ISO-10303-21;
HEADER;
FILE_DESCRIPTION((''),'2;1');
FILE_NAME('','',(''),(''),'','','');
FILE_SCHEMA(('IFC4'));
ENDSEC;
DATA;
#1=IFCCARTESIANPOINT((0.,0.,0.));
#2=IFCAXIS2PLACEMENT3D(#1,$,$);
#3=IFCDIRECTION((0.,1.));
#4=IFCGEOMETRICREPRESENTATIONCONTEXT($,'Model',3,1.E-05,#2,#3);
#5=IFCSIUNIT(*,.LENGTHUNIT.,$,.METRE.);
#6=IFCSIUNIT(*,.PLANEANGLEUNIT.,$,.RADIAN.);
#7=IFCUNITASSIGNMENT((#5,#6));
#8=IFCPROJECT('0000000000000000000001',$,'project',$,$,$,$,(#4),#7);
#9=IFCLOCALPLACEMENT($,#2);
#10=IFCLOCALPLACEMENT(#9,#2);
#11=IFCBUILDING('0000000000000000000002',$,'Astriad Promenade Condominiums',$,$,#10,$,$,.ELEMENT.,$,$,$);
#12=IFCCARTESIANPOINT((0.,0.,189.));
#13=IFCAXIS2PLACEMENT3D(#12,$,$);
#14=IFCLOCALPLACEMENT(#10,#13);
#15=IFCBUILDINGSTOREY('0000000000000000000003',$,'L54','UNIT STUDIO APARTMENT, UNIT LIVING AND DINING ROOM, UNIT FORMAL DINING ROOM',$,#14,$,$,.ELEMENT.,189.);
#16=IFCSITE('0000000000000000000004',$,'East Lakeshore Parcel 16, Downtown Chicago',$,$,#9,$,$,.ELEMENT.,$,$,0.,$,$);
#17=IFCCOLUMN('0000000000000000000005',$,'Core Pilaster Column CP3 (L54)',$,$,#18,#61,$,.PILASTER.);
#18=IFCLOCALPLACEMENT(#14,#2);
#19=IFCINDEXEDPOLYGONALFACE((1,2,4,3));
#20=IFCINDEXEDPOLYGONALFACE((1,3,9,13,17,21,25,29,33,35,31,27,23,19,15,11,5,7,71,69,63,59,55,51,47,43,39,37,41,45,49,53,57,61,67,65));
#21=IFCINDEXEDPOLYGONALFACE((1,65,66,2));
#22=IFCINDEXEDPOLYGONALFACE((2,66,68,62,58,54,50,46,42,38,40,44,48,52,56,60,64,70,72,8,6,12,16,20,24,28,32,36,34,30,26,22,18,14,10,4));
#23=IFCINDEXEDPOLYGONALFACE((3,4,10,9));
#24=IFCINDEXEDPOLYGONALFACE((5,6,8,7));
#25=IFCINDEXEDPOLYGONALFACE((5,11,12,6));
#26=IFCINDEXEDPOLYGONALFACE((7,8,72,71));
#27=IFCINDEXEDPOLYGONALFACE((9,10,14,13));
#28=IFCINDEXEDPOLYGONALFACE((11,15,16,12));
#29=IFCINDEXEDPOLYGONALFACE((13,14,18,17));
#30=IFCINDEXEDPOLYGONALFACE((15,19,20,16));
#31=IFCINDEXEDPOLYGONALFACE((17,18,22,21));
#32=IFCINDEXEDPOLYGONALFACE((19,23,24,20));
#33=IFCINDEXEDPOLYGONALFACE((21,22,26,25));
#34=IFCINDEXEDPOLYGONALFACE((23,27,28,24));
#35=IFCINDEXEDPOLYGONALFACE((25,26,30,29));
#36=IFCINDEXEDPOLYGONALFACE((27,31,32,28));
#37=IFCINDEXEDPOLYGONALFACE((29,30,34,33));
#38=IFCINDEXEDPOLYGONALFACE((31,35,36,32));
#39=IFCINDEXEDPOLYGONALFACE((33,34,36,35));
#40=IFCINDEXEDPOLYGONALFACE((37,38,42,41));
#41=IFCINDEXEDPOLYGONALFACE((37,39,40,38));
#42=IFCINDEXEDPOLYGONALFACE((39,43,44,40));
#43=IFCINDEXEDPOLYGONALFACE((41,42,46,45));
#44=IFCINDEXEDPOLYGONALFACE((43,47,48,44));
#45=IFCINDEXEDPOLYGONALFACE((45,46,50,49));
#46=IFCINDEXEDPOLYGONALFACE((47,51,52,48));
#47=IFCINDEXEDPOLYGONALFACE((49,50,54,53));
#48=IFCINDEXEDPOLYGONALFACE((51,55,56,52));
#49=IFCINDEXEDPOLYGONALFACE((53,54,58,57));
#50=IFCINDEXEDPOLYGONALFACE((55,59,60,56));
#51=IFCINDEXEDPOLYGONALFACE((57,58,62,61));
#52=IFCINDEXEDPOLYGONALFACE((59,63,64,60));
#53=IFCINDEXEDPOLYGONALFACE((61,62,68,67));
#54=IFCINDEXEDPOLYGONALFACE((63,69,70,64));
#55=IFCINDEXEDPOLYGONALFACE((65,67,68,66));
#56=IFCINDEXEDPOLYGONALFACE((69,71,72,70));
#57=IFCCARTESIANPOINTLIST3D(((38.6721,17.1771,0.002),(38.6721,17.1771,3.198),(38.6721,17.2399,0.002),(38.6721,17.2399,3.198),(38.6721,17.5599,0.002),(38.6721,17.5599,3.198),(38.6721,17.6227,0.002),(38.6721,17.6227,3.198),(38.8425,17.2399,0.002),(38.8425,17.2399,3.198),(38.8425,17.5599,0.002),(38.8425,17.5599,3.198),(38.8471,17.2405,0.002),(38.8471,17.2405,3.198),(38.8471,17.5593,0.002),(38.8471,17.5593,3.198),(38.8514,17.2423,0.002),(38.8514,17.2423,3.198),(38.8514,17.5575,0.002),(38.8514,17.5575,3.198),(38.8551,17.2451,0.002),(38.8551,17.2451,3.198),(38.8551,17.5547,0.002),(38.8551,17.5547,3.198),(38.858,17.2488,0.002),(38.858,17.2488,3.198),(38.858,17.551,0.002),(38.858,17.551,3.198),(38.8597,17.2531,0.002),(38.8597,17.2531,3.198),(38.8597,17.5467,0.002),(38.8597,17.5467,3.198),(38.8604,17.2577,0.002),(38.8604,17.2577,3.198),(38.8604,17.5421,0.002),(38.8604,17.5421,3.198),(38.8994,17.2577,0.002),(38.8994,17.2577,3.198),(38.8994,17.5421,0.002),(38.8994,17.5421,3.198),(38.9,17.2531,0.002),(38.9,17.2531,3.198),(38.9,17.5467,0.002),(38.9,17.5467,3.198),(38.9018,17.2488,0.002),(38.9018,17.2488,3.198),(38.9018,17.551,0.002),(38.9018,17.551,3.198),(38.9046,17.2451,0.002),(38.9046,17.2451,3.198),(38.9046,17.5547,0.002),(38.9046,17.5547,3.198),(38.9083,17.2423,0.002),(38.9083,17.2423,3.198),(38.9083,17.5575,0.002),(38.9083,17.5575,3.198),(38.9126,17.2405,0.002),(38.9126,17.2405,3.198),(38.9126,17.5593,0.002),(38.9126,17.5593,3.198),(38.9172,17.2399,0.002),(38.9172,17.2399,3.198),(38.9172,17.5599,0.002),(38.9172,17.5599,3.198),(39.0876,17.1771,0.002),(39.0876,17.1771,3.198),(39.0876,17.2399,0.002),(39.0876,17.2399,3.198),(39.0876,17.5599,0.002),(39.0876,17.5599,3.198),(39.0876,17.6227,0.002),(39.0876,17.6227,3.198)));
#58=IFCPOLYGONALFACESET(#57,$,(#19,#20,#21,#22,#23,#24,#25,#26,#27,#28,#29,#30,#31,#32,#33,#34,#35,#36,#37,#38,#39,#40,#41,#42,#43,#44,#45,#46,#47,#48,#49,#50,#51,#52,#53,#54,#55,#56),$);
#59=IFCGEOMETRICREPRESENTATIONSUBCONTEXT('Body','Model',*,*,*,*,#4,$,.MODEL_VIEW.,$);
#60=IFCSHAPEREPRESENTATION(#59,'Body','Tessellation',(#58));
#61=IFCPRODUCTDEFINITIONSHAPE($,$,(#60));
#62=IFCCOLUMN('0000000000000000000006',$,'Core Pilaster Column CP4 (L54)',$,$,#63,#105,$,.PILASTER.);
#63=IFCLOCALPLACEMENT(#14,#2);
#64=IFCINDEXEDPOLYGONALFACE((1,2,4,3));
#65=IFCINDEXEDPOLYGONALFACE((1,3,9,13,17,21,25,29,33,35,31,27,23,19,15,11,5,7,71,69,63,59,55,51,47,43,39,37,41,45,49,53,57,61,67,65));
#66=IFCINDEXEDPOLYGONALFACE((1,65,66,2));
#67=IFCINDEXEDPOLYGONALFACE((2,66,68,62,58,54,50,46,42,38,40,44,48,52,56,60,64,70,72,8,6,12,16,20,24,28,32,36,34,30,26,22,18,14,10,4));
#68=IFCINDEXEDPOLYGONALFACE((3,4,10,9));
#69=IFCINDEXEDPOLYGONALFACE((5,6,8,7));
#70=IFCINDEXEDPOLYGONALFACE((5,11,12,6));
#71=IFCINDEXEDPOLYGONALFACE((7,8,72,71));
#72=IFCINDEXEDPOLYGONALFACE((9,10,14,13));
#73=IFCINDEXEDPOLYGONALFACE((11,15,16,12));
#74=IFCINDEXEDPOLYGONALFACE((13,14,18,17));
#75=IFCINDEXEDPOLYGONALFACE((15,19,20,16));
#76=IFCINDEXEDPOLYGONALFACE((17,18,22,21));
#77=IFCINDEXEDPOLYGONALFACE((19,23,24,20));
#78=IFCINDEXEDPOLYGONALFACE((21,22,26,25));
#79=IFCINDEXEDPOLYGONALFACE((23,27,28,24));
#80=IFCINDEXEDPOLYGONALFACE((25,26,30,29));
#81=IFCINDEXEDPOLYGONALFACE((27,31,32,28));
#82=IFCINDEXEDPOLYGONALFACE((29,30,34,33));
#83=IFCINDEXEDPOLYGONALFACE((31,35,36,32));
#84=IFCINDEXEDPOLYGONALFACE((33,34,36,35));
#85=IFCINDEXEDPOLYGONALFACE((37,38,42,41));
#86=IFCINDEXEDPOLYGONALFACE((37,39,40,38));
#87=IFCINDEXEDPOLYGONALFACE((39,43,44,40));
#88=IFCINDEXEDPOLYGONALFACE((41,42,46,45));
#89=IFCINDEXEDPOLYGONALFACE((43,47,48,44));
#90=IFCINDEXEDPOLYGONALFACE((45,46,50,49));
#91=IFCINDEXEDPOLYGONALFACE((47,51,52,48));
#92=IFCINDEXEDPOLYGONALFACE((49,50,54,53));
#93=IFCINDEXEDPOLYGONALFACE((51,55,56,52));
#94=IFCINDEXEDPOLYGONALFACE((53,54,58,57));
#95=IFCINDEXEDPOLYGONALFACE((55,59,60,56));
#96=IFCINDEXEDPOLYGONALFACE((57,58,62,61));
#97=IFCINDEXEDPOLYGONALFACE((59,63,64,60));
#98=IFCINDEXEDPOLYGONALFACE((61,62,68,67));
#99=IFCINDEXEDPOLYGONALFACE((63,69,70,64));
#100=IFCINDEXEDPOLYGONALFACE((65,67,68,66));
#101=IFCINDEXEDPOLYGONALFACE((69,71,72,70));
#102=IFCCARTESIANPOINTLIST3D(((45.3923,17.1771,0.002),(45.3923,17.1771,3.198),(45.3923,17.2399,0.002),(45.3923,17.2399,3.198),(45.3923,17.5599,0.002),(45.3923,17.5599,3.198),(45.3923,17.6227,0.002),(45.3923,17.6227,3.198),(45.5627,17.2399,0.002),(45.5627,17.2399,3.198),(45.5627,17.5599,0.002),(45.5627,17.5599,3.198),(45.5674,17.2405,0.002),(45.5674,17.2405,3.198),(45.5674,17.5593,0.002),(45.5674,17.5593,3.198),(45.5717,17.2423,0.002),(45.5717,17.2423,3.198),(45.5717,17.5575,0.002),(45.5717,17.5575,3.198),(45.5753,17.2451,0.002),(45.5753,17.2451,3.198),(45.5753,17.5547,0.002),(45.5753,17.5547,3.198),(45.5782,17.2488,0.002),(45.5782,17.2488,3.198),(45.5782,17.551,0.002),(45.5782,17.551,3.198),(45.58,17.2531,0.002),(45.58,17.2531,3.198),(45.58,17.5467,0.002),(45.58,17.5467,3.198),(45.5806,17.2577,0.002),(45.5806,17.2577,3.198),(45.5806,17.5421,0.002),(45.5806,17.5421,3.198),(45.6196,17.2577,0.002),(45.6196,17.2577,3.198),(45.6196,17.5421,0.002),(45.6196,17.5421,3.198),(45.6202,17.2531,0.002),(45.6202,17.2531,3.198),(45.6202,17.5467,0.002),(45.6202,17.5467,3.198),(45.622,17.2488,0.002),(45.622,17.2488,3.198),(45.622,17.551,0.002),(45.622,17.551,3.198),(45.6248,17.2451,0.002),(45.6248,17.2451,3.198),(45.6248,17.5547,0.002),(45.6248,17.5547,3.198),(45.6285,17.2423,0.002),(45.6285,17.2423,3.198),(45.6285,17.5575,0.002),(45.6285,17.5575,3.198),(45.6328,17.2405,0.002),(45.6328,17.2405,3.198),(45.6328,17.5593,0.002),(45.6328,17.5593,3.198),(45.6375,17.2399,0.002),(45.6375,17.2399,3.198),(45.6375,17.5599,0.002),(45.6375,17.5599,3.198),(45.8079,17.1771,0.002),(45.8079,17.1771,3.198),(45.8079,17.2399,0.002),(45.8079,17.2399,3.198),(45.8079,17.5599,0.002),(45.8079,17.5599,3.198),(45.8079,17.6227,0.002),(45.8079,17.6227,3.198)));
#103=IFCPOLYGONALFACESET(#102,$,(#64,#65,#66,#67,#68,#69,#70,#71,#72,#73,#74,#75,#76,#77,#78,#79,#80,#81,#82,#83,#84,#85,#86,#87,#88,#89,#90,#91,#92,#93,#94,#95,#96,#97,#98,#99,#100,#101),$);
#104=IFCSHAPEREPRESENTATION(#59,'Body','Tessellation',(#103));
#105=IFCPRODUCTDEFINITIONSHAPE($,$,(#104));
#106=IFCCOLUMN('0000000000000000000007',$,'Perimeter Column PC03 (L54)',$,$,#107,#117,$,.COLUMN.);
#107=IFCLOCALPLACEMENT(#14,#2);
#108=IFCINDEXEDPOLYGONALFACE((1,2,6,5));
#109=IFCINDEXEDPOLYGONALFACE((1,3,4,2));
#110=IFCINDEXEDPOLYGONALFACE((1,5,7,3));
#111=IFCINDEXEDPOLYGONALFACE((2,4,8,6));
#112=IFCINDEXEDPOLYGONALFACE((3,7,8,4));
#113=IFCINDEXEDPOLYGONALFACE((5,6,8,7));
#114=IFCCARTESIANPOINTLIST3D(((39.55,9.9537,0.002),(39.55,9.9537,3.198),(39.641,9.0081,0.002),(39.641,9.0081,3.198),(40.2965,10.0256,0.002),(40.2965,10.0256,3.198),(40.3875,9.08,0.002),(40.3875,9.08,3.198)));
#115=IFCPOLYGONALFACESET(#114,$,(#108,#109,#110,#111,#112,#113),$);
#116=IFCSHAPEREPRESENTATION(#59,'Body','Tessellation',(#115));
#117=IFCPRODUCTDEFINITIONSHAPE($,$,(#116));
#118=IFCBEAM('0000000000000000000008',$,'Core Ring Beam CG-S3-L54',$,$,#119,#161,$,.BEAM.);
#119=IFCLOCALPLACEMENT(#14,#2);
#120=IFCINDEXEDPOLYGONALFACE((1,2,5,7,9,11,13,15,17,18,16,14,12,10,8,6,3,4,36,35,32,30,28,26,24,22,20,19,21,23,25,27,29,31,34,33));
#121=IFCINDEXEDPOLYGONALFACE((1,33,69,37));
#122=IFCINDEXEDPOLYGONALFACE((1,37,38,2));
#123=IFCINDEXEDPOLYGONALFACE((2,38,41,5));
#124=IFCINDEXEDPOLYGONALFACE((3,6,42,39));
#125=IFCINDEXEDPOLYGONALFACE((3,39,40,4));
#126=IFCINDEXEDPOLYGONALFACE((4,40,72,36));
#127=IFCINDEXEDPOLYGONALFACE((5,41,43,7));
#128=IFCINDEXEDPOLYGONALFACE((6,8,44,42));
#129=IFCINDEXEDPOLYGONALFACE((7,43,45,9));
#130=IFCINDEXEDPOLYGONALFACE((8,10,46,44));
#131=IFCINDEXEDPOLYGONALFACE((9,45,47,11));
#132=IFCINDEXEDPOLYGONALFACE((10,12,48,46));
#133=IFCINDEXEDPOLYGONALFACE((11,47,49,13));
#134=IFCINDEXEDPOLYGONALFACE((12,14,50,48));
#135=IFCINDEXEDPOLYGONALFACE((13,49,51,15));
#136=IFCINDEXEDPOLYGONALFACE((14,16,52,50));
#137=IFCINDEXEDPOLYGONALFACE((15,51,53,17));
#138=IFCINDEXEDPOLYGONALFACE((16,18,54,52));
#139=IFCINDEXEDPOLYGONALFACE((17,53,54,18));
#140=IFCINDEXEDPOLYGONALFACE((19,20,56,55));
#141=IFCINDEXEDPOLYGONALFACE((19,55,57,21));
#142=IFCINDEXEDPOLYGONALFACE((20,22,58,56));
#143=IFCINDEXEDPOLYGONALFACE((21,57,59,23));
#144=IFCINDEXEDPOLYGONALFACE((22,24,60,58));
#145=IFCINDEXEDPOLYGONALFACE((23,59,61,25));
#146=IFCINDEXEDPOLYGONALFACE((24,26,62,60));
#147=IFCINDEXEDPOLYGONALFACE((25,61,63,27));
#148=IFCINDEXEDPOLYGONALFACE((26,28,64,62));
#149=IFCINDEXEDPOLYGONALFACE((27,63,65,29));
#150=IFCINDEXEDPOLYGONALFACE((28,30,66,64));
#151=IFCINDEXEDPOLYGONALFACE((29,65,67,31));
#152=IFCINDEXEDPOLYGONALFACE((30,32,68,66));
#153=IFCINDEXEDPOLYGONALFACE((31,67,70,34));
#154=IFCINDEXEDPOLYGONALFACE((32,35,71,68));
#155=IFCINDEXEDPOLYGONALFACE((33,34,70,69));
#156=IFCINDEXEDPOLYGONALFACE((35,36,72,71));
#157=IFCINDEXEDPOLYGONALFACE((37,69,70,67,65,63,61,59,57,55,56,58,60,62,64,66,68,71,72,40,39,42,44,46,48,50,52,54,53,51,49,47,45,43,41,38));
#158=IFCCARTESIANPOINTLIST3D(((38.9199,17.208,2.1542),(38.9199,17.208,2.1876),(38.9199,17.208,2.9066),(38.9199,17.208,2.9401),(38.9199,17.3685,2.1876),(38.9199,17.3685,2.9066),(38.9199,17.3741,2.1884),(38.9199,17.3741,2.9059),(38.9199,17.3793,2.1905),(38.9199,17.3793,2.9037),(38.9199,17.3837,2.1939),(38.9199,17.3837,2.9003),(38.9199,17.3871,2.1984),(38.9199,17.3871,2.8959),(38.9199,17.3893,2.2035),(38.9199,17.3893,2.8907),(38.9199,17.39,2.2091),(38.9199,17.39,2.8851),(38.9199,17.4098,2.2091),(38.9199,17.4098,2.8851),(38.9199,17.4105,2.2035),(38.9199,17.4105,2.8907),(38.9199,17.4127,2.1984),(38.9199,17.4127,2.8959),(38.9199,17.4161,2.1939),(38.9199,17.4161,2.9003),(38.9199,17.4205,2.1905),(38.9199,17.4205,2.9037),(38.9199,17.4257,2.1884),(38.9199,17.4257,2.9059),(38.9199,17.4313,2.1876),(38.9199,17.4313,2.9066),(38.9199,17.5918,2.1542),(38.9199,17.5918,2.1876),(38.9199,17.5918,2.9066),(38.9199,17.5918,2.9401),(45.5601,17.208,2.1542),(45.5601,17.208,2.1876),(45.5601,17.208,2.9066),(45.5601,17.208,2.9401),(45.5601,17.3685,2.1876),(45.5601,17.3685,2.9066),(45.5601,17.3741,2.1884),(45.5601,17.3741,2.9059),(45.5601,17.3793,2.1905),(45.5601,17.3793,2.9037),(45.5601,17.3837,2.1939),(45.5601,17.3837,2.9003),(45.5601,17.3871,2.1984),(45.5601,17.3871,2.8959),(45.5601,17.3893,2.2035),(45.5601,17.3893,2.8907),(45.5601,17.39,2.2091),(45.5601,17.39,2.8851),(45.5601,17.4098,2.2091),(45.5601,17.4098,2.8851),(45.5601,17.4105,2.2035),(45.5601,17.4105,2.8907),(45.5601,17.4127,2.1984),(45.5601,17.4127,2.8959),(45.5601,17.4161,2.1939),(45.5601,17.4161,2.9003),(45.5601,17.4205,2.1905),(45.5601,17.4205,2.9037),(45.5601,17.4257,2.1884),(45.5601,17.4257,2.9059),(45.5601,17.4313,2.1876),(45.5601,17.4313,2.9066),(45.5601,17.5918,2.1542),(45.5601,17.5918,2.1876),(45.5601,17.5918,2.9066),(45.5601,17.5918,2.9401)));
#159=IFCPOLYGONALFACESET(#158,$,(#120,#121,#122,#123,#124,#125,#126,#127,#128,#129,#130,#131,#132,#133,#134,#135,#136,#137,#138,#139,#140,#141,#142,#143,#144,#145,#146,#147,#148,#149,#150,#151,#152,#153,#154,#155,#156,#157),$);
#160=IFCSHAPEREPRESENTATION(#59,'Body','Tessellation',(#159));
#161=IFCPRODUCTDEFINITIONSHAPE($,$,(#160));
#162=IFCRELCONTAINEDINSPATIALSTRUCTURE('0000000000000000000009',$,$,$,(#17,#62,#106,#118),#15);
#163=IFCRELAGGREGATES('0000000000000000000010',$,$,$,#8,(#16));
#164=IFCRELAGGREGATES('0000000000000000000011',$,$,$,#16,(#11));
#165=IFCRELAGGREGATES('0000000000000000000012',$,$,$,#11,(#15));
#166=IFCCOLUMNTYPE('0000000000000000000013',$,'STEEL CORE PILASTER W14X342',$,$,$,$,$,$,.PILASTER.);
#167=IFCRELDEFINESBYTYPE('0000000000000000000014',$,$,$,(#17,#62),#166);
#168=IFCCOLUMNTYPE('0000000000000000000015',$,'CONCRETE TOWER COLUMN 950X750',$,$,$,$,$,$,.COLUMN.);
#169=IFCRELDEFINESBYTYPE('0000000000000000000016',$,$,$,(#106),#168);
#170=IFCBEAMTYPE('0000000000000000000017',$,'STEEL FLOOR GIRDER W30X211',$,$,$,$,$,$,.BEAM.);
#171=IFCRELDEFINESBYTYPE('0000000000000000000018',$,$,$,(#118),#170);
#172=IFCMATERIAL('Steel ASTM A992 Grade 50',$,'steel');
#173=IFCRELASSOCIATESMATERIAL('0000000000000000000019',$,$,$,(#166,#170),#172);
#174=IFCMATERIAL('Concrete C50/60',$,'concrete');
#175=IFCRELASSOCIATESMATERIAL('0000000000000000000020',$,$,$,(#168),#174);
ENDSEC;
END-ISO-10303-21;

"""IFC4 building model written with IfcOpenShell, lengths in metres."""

from ifc_helpers import new_model, si_unit, direction, frame, origin, origin_2d, place, context, subcontext, project, spatial, rectangle, i_section, extrude, source, transform, mapped, material, material_profile, profile_set, type_object, type_shapes, element, save


model = new_model("IFC4")

# Units and contexts
model_context = context("Model", 3, precision=1e-05, world=origin(), true_north=direction((0.0, 1.0)))
body_context = subcontext(model_context, "Body", "Model", "MODEL_VIEW")
ifc_project = project(units=[si_unit("LENGTHUNIT", "METRE"), si_unit("PLANEANGLEUNIT", "RADIAN")], contexts=[model_context])

# Site, building, storey
site_placement = place(None, origin())
site = spatial("IfcSite", under=ifc_project, at=site_placement, Name="East Lakeshore Parcel 16, Downtown Chicago", CompositionType="ELEMENT", RefElevation=0.0)
building_placement = place(site_placement, origin())
building = spatial("IfcBuilding", under=site, at=building_placement, Name="Astriad Promenade Condominiums", CompositionType="ELEMENT")
storey_placement = place(building_placement, frame((0.0, 0.0, 189.0)))
storey = spatial("IfcBuildingStorey", under=building, at=storey_placement, Name="L54", Description="UNIT STUDIO APARTMENT, UNIT LIVING AND DINING ROOM, UNIT FORMAL DINING ROOM", CompositionType="ELEMENT", Elevation=189.0)

# Columns
ifc_material_1 = material(Name="Steel ASTM A992 Grade 50", Category="steel")
ifc_material_profile_1 = material_profile(ifc_material_1, i_section(OverallWidth=0.4155, OverallDepth=0.4456, WebThickness=0.0391, FlangeThickness=0.0627, FilletRadius=0.0178, at=origin_2d()), Name="W14X342")
ifc_profile_set_1 = profile_set([ifc_material_profile_1], Name="Steel ASTM A992 Grade 50")
column_type_1 = type_object("IfcColumnType", Name="STEEL CORE PILASTER W14X342", PredefinedType="PILASTER", material=ifc_profile_set_1)
shared_shape_1 = source(origin(), body_context, "Body", "SweptSolid", [
    extrude(i_section(OverallWidth=0.4155, OverallDepth=0.4456, WebThickness=0.0391, FlangeThickness=0.0627, FilletRadius=0.0178, at=origin_2d()), origin(), (0.0, 0.0, 1.0), 3.196),
])
type_shapes(column_type_1, [shared_shape_1])
for number, where, z_axis, x_axis, name in (
    (1, (38.8799, 17.3999, 0.002), (0.0, 0.0, 1.0), (1.0, 0.0, 0.0), "Core Pilaster Column CP3 (L54)"),
    (2, (45.6001, 17.3999, 0.002), (0.0, 0.0, 1.0), (1.0, 0.0, 0.0), "Core Pilaster Column CP4 (L54)"),
):
    element("IfcColumn", number, at=place(storey_placement, frame(where, z_axis=z_axis, x_axis=x_axis)), inside=storey, type_object=column_type_1, Name=name, PredefinedType="PILASTER", context=body_context, shape_type="MappedRepresentation", body=[
        mapped(shared_shape_1, transform((0.0, 0.0, 0.0), scale=1.0)),
    ])
ifc_material_2 = material(Name="Concrete C50/60", Category="concrete")
ifc_material_profile_2 = material_profile(ifc_material_2, rectangle(XDim=0.75, YDim=0.95, at=origin_2d()), Name="RC-COL-950X750")
ifc_profile_set_2 = profile_set([ifc_material_profile_2], Name="Concrete C50/60")
column_type_2 = type_object("IfcColumnType", Name="CONCRETE TOWER COLUMN 950X750", PredefinedType="COLUMN", material=ifc_profile_set_2)
shared_shape_2 = source(origin(), body_context, "Body", "SweptSolid", [
    extrude(rectangle(XDim=0.75, YDim=0.95, at=origin_2d()), origin(), (0.0, 0.0, 1.0), 3.196),
])
type_shapes(column_type_2, [shared_shape_2])
column_placement = place(storey_placement, frame((39.9688, 9.5168, 0.002), z_axis=(0.0, 0.0, 1.0), x_axis=(0.995396, 0.095846, 0.0)))
element("IfcColumn", 3, at=column_placement, inside=storey, type_object=column_type_2, Name="Perimeter Column PC03 (L54)", PredefinedType="COLUMN", context=body_context, shape_type="MappedRepresentation", body=[
    mapped(shared_shape_2, transform((0.0, 0.0, 0.0), scale=1.0)),
])

# Beam
ifc_material_profile_3 = material_profile(ifc_material_1, i_section(OverallWidth=0.3838, OverallDepth=0.7859, WebThickness=0.0198, FlangeThickness=0.0334, FilletRadius=0.0215, at=origin_2d()), Name="W30X211")
ifc_profile_set_3 = profile_set([ifc_material_profile_3], Name="Steel ASTM A992 Grade 50")
beam_type_1 = type_object("IfcBeamType", Name="STEEL FLOOR GIRDER W30X211", PredefinedType="BEAM", material=ifc_profile_set_3)
shared_shape_3 = source(origin(), body_context, "Body", "SweptSolid", [
    extrude(i_section(OverallWidth=0.3838, OverallDepth=0.7859, WebThickness=0.0198, FlangeThickness=0.0334, FilletRadius=0.0215, at=origin_2d()), origin(), (0.0, 0.0, 1.0), 6.6401),
])
type_shapes(beam_type_1, [shared_shape_3])
beam_1_placement = place(storey_placement, frame((38.9199, 17.3999, 2.5471), z_axis=(1.0, 0.0, 0.0), x_axis=(0.0, 1.0, 0.0)))
element("IfcBeam", 4, at=beam_1_placement, inside=storey, type_object=beam_type_1, Name="Core Ring Beam CG-S3-L54", PredefinedType="BEAM", context=body_context, shape_type="MappedRepresentation", body=[
    mapped(shared_shape_3, transform((0.0, 0.0, 0.0), scale=1.0)),
])

save(model, "model.ifc")
